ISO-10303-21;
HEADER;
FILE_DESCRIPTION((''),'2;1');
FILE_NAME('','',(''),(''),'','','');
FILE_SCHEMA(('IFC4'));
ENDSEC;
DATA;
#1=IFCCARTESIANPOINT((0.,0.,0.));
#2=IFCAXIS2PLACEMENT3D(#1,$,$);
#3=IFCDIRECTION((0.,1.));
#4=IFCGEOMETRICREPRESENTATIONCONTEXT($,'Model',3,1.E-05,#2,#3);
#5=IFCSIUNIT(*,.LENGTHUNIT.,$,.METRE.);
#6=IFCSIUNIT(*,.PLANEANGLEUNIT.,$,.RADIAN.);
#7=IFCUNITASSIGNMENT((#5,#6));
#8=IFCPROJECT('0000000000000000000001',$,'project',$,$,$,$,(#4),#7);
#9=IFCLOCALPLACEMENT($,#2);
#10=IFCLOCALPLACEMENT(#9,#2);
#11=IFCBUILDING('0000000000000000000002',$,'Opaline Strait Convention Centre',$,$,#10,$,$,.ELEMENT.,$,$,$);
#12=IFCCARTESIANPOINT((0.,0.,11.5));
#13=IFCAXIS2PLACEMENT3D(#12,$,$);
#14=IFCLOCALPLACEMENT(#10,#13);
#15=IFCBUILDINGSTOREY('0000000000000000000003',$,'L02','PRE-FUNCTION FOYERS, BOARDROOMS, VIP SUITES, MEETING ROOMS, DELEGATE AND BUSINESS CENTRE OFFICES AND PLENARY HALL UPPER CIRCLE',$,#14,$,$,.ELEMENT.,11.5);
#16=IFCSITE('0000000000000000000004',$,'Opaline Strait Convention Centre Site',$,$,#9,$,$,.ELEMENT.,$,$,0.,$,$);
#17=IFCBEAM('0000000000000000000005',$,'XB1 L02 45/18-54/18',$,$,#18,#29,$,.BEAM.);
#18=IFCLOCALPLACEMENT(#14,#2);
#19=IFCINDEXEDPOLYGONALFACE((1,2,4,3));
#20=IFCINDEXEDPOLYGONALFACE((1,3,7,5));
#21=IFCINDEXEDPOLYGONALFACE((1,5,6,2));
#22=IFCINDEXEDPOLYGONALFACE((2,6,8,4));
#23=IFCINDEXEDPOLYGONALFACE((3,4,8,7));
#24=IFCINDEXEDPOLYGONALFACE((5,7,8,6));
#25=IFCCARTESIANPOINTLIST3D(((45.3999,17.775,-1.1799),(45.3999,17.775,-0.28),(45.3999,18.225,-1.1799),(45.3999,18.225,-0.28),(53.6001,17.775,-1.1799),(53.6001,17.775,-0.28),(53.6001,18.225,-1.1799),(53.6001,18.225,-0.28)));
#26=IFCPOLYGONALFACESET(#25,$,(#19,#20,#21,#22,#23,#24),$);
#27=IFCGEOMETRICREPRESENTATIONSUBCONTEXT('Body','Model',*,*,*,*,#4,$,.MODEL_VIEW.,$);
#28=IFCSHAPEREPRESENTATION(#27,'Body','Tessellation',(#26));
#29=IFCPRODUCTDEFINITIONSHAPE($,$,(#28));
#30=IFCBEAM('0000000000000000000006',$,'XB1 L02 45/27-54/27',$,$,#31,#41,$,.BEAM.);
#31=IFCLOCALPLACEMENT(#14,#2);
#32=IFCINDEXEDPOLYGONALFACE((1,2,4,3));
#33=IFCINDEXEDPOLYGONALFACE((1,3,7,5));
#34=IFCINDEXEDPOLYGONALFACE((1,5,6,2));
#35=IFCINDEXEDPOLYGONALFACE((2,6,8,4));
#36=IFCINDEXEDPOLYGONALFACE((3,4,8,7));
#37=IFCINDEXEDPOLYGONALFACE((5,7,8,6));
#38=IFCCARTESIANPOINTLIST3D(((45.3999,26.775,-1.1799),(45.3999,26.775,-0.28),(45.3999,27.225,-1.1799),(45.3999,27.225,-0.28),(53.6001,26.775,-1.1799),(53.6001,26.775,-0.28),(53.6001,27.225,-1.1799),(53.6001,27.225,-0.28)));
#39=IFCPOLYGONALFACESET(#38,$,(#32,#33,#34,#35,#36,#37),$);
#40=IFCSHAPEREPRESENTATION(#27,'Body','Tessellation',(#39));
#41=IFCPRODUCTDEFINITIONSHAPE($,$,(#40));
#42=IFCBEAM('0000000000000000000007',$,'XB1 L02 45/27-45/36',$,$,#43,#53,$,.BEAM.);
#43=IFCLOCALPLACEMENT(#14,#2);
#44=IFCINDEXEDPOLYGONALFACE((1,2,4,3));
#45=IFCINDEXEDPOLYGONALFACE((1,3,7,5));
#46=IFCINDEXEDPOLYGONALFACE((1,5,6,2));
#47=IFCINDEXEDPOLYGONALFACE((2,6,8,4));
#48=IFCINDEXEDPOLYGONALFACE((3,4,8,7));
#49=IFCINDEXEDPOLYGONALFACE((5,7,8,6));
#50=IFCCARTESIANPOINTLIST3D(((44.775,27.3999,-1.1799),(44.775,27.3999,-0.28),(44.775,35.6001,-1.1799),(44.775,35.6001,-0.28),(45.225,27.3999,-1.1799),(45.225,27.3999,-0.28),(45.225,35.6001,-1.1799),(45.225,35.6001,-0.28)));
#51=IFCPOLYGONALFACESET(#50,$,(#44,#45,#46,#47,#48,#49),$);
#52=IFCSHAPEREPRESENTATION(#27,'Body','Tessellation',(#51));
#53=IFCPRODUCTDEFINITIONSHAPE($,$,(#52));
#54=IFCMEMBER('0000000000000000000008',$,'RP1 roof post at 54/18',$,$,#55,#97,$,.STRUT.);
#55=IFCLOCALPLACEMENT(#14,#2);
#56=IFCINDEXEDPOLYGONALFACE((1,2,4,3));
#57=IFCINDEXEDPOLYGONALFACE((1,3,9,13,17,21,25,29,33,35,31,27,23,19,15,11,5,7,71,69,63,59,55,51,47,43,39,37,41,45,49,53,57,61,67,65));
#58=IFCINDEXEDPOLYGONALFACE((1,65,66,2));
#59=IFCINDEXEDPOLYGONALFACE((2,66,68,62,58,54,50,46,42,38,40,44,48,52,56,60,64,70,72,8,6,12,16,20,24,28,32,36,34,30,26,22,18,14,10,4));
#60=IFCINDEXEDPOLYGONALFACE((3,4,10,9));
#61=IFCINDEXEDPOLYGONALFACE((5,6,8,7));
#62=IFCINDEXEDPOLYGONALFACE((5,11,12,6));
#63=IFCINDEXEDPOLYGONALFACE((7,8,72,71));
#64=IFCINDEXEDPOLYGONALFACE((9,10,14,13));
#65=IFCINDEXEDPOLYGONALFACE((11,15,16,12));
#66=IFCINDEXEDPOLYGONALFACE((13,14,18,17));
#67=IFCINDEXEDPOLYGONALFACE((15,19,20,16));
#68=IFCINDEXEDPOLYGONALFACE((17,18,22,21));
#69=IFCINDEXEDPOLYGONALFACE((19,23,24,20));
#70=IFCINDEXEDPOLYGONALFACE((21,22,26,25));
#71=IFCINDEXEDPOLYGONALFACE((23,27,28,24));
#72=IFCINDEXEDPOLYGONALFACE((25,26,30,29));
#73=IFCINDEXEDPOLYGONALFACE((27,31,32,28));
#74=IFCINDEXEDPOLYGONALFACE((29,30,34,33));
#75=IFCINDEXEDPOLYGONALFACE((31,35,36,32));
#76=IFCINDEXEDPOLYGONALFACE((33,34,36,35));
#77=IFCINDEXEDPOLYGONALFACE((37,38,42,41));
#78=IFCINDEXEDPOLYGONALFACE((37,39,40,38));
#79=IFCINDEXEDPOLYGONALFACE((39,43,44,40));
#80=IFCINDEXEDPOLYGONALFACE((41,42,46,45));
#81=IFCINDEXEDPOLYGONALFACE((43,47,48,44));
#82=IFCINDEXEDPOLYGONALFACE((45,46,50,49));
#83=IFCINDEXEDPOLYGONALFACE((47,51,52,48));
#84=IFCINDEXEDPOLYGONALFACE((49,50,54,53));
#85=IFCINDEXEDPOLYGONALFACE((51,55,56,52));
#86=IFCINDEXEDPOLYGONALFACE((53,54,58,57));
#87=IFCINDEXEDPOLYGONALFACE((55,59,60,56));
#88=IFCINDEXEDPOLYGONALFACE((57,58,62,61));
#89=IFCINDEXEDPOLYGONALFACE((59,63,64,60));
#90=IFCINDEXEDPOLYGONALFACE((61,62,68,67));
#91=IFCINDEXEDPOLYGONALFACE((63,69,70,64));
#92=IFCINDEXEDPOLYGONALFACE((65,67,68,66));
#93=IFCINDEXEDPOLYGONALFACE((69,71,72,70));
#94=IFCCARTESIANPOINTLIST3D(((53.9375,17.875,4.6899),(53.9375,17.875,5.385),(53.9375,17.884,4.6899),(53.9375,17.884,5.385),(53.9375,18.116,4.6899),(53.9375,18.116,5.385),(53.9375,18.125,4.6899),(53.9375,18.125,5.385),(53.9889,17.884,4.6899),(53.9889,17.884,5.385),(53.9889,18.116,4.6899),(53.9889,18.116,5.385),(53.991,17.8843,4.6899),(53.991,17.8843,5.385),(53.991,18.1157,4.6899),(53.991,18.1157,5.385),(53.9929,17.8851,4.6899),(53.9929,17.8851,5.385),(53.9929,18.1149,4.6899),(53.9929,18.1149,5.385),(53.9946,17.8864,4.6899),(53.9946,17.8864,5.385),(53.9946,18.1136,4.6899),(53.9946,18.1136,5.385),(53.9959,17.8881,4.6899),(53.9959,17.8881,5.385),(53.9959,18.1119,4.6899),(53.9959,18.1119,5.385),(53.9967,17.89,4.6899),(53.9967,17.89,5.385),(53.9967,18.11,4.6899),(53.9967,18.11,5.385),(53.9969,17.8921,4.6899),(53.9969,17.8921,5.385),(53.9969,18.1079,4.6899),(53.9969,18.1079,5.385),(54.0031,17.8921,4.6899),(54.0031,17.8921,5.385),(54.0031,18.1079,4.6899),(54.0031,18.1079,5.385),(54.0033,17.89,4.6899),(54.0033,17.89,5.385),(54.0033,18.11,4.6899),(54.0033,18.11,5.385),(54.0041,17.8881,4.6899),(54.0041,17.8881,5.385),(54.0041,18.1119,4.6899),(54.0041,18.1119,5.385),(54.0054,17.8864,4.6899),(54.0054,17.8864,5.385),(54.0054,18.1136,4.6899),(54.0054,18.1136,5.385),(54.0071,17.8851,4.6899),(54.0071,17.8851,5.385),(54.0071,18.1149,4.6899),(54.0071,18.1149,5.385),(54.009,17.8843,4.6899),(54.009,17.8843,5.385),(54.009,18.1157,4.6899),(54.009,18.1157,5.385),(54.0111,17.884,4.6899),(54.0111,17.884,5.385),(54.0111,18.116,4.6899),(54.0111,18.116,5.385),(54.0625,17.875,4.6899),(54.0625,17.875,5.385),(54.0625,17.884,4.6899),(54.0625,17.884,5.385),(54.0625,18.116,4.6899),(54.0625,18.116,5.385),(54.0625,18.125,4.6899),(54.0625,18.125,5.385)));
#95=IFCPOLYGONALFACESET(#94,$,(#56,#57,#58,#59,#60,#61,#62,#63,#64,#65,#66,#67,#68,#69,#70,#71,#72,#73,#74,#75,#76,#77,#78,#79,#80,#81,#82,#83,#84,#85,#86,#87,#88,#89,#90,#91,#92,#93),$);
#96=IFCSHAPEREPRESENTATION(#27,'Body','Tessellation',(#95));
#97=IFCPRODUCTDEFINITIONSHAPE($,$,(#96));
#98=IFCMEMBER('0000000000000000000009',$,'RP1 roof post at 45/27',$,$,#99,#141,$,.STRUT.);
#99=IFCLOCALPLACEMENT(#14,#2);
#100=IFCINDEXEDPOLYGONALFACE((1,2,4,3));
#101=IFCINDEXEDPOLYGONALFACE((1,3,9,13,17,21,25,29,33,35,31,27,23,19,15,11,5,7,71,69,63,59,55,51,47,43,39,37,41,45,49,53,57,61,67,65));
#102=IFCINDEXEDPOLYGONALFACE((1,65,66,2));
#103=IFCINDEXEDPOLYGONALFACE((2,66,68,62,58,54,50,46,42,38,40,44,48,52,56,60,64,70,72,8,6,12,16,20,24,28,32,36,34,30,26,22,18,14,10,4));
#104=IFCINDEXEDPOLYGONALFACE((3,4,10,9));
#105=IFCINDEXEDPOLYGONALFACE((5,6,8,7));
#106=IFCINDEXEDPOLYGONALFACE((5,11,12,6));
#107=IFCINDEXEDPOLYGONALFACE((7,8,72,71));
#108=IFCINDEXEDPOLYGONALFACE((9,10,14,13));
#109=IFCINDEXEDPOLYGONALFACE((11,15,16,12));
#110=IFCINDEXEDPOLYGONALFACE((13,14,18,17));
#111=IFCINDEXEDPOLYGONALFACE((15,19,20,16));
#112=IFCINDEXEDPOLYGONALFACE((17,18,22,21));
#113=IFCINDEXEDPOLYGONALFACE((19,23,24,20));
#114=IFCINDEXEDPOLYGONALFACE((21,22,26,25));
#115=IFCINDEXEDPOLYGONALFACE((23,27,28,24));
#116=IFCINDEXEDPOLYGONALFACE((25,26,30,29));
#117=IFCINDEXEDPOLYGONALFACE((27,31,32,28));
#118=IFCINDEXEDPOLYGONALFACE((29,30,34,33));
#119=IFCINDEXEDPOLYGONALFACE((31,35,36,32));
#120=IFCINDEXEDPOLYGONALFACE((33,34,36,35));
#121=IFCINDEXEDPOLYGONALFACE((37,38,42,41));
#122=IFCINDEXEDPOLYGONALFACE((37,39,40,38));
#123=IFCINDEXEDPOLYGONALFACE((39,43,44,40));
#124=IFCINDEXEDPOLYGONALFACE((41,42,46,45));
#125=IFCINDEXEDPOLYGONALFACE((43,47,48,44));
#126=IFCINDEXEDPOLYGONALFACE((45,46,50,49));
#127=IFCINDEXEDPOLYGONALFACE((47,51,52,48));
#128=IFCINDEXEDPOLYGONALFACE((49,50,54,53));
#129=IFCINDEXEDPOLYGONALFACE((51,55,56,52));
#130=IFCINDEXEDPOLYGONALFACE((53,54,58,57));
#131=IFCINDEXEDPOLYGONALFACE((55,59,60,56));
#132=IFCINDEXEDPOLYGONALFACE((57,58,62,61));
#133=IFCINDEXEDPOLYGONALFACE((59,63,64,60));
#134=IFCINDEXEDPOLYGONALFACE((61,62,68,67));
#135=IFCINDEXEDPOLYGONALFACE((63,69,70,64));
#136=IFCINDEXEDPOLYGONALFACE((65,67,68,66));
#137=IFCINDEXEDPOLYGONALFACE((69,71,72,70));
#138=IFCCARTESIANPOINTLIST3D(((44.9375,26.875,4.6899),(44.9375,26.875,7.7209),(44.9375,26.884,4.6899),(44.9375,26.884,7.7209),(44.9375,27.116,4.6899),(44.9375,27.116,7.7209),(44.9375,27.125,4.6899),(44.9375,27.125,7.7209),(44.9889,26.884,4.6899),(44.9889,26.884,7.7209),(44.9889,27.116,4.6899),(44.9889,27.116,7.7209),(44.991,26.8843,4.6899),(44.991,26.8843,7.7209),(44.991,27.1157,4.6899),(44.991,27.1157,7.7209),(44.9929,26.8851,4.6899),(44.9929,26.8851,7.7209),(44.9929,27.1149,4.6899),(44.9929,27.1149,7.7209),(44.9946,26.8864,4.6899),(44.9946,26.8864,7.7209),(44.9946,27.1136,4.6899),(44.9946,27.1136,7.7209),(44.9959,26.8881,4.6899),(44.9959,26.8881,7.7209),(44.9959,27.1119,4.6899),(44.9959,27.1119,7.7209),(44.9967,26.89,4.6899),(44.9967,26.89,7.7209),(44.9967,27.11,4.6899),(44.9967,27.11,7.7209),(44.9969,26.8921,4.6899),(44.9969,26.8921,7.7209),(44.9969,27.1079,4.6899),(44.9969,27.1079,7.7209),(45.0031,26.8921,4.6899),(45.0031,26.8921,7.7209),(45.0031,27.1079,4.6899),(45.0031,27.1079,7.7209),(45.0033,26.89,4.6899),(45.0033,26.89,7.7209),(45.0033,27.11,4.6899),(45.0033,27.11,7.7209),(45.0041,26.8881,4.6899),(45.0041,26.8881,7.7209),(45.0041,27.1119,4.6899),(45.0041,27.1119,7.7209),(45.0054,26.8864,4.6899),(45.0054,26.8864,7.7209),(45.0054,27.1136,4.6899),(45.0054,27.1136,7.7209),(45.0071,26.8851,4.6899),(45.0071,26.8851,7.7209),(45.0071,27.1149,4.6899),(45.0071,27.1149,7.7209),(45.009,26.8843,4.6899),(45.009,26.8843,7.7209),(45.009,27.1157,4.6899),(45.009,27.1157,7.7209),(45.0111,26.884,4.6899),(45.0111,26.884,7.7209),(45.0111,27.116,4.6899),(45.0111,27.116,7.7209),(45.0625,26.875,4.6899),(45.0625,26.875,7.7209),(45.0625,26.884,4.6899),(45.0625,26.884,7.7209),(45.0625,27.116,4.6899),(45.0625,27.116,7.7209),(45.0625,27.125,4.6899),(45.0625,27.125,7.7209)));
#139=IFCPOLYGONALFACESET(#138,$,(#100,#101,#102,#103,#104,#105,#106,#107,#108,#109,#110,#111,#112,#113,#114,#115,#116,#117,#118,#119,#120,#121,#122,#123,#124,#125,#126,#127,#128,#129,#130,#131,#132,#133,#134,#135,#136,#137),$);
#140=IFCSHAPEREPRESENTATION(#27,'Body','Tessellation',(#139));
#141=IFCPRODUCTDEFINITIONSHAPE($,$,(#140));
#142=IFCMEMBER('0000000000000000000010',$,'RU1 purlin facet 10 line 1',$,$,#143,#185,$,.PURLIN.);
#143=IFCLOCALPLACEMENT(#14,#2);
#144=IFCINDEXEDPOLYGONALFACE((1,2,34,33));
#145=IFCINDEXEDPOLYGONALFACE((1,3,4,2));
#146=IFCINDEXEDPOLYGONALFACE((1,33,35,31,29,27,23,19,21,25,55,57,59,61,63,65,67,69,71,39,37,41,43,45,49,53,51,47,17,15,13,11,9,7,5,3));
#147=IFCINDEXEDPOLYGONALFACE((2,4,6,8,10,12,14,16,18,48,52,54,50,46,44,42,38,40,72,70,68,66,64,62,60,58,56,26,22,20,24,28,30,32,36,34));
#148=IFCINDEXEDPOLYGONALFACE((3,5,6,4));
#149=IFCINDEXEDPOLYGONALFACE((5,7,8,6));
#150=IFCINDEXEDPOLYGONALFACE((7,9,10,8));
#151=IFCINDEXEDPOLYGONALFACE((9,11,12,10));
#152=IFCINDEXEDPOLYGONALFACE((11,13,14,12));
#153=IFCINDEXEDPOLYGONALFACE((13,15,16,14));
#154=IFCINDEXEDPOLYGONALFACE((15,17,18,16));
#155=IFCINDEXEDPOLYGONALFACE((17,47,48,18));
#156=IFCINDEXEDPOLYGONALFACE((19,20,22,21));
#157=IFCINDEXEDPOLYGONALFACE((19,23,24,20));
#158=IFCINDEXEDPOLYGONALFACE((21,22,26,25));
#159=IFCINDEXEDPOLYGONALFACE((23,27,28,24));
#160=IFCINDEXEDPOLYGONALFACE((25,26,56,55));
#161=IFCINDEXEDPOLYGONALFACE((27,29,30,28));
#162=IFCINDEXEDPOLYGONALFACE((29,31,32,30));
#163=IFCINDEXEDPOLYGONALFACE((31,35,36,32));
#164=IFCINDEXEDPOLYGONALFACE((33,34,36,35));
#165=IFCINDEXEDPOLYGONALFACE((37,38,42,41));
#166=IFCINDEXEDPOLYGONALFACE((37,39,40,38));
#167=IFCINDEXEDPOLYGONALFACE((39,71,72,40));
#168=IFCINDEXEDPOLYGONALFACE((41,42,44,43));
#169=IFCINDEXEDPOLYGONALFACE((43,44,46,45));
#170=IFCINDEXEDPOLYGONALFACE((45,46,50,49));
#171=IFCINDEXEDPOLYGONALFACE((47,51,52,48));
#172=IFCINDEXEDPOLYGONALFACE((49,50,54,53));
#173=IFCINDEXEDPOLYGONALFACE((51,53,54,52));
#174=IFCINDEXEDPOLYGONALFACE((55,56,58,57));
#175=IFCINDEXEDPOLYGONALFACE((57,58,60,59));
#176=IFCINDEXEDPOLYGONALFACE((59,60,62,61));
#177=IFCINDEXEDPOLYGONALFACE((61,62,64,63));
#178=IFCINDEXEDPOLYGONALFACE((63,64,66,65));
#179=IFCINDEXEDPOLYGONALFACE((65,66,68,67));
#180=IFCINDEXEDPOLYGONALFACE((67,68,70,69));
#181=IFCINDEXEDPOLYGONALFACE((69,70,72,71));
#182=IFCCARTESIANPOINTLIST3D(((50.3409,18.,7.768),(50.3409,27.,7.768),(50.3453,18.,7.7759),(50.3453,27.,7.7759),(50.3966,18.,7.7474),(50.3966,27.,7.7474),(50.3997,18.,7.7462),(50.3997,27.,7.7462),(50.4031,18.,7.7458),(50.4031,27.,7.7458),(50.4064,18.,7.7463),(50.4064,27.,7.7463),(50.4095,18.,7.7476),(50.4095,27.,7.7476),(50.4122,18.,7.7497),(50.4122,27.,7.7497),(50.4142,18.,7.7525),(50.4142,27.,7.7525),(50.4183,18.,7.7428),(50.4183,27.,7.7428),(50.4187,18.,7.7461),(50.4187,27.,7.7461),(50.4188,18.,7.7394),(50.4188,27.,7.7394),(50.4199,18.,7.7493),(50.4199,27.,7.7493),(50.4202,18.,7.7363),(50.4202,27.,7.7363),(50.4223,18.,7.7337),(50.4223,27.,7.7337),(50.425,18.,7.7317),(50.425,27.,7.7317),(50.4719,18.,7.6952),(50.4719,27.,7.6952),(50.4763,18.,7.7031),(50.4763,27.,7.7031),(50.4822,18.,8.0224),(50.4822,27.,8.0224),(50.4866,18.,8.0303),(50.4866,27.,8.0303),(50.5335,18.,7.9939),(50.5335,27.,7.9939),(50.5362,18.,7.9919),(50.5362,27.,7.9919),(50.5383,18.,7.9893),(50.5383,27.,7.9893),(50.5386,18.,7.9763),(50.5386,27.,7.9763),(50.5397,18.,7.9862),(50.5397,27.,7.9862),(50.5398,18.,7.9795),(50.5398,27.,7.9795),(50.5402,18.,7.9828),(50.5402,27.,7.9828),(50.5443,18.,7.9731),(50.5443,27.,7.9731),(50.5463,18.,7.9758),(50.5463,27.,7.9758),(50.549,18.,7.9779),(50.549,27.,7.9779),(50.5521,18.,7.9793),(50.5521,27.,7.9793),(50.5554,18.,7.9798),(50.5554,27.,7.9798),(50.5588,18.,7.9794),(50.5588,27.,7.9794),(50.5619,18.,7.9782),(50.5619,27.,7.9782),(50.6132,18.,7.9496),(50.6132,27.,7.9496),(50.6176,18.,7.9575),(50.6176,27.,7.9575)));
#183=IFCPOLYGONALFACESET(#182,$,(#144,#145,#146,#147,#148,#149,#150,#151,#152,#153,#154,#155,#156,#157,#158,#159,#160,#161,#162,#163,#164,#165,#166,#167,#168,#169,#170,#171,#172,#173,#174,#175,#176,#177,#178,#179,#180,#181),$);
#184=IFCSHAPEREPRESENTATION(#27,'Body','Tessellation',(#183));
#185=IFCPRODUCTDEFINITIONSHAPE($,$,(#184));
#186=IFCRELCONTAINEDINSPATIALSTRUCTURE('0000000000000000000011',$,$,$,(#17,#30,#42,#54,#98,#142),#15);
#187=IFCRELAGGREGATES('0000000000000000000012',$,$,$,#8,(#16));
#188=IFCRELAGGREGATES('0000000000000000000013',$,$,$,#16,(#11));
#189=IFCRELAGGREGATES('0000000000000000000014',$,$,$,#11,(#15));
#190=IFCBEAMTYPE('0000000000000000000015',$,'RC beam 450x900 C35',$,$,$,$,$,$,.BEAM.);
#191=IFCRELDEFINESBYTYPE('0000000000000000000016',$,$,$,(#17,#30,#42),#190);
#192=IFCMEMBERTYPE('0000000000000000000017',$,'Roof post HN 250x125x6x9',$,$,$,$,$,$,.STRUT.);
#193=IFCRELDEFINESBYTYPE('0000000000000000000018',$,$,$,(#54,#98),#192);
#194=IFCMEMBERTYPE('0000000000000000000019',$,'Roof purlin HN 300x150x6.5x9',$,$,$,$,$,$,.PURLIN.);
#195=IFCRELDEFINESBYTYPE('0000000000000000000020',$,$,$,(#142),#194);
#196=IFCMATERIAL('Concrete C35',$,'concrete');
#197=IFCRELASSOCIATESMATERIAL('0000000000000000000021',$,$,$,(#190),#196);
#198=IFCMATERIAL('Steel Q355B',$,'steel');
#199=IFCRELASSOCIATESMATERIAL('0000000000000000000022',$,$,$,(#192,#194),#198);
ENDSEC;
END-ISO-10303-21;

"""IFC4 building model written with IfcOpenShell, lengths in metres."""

from ifc_helpers import new_model, si_unit, direction, frame, origin, origin_2d, place, context, subcontext, project, spatial, rectangle, i_section, extrude, material, material_profile, profile_set, type_object, element, save


model = new_model("IFC4")

# Units and contexts
model_context = context("Model", 3, precision=1e-05, world=origin(), true_north=direction((0.0, 1.0)))
body_context = subcontext(model_context, "Body", "Model", "MODEL_VIEW")
ifc_project = project(units=[si_unit("LENGTHUNIT", "METRE"), si_unit("PLANEANGLEUNIT", "RADIAN")], contexts=[model_context])

# Site, building, storey
site_placement = place(None, origin())
site = spatial("IfcSite", under=ifc_project, at=site_placement, Name="Opaline Strait Convention Centre Site", CompositionType="ELEMENT", RefElevation=0.0)
building_placement = place(site_placement, origin())
building = spatial("IfcBuilding", under=site, at=building_placement, Name="Opaline Strait Convention Centre", CompositionType="ELEMENT")
storey_placement = place(building_placement, frame((0.0, 0.0, 11.5)))
storey = spatial("IfcBuildingStorey", under=building, at=storey_placement, Name="L02", Description="PRE-FUNCTION FOYERS, BOARDROOMS, VIP SUITES, MEETING ROOMS, DELEGATE AND BUSINESS CENTRE OFFICES AND PLENARY HALL UPPER CIRCLE", CompositionType="ELEMENT", Elevation=11.5)

# Shared definitions
ifc_material_1 = material(Name="Steel Q355B", Category="steel")

# Beams
ifc_material_2 = material(Name="Concrete C35", Category="concrete")
ifc_material_profile_1 = material_profile(ifc_material_2, rectangle(XDim=0.45, YDim=0.8999, at=origin_2d()), Name="RC 450x900")
ifc_profile_set_1 = profile_set([ifc_material_profile_1], Name="Concrete C35")
beam_type = type_object("IfcBeamType", Name="RC beam 450x900 C35", PredefinedType="BEAM", material=ifc_profile_set_1)
for number, where, z_axis, x_axis, name in (
    (1, (45.3999, 18.0, -0.73), (1.0, 0.0, 0.0), (0.0, 1.0, 0.0), "XB1 L02 45/18-54/18"),
    (2, (45.3999, 27.0, -0.73), (1.0, 0.0, 0.0), (0.0, 1.0, 0.0), "XB1 L02 45/27-54/27"),
    (3, (45.0, 27.3999, -0.73), (0.0, 1.0, 0.0), (-1.0, 0.0, 0.0), "XB1 L02 45/27-45/36"),
):
    element("IfcBeam", number, at=place(storey_placement, frame(where, z_axis=z_axis, x_axis=x_axis)), inside=storey, type_object=beam_type, Name=name, PredefinedType="BEAM", context=body_context, shape_type="SweptSolid", body=[
        extrude(rectangle(XDim=0.45, YDim=0.8999, at=origin_2d()), origin(), (0.0, 0.0, 1.0), 8.2002),
    ])

# Members
ifc_material_profile_2 = material_profile(ifc_material_1, i_section(OverallWidth=0.125, OverallDepth=0.25, WebThickness=0.0061, FlangeThickness=0.009, FilletRadius=0.0081, at=origin_2d()), Name="HN 250x125x6x9")
ifc_profile_set_2 = profile_set([ifc_material_profile_2], Name="Steel Q355B")
member_type_1 = type_object("IfcMemberType", Name="Roof post HN 250x125x6x9", PredefinedType="STRUT", material=ifc_profile_set_2)
member_1_placement = place(storey_placement, frame((54.0, 18.0, 4.6899), z_axis=(0.0, 0.0, 1.0), x_axis=(1.0, 0.0, 0.0)))
element("IfcMember", 4, at=member_1_placement, inside=storey, type_object=member_type_1, Name="RP1 roof post at 54/18", PredefinedType="STRUT", context=body_context, shape_type="SweptSolid", body=[
    extrude(i_section(OverallWidth=0.125, OverallDepth=0.25, WebThickness=0.0061, FlangeThickness=0.009, FilletRadius=0.0081, at=origin_2d()), origin(), (0.0, 0.0, 1.0), 0.6951),
])
member_2_placement = place(storey_placement, frame((45.0, 27.0, 4.6899), z_axis=(0.0, 0.0, 1.0), x_axis=(1.0, 0.0, 0.0)))
element("IfcMember", 5, at=member_2_placement, inside=storey, type_object=member_type_1, Name="RP1 roof post at 45/27", PredefinedType="STRUT", context=body_context, shape_type="SweptSolid", body=[
    extrude(i_section(OverallWidth=0.125, OverallDepth=0.25, WebThickness=0.0061, FlangeThickness=0.009, FilletRadius=0.0081, at=origin_2d()), origin(), (0.0, 0.0, 1.0), 3.031),
])
ifc_material_profile_3 = material_profile(ifc_material_1, i_section(OverallWidth=0.1499, OverallDepth=0.3, WebThickness=0.0066, FlangeThickness=0.009, FilletRadius=0.0129, at=origin_2d()), Name="HN 300x150x6.5x9")
ifc_profile_set_3 = profile_set([ifc_material_profile_3], Name="Steel Q355B")
member_type_2 = type_object("IfcMemberType", Name="Roof purlin HN 300x150x6.5x9", PredefinedType="PURLIN", material=ifc_profile_set_3)
for number, where, z_axis, x_axis, name in (
    (6, (50.4792, 18.0, 7.8628), (0.0, 1.0, 0.0), (-0.874157, 0.0, 0.485643), "RU1 purlin facet 10 line 1"),
):
    element("IfcMember", number, at=place(storey_placement, frame(where, z_axis=z_axis, x_axis=x_axis)), inside=storey, type_object=member_type_2, Name=name, PredefinedType="PURLIN", context=body_context, shape_type="SweptSolid", body=[
        extrude(i_section(OverallWidth=0.1499, OverallDepth=0.3, WebThickness=0.0066, FlangeThickness=0.009, FilletRadius=0.0129, at=origin_2d()), origin(), (0.0, 0.0, 1.0), 9.0),
    ])

save(model, "model.ifc")
